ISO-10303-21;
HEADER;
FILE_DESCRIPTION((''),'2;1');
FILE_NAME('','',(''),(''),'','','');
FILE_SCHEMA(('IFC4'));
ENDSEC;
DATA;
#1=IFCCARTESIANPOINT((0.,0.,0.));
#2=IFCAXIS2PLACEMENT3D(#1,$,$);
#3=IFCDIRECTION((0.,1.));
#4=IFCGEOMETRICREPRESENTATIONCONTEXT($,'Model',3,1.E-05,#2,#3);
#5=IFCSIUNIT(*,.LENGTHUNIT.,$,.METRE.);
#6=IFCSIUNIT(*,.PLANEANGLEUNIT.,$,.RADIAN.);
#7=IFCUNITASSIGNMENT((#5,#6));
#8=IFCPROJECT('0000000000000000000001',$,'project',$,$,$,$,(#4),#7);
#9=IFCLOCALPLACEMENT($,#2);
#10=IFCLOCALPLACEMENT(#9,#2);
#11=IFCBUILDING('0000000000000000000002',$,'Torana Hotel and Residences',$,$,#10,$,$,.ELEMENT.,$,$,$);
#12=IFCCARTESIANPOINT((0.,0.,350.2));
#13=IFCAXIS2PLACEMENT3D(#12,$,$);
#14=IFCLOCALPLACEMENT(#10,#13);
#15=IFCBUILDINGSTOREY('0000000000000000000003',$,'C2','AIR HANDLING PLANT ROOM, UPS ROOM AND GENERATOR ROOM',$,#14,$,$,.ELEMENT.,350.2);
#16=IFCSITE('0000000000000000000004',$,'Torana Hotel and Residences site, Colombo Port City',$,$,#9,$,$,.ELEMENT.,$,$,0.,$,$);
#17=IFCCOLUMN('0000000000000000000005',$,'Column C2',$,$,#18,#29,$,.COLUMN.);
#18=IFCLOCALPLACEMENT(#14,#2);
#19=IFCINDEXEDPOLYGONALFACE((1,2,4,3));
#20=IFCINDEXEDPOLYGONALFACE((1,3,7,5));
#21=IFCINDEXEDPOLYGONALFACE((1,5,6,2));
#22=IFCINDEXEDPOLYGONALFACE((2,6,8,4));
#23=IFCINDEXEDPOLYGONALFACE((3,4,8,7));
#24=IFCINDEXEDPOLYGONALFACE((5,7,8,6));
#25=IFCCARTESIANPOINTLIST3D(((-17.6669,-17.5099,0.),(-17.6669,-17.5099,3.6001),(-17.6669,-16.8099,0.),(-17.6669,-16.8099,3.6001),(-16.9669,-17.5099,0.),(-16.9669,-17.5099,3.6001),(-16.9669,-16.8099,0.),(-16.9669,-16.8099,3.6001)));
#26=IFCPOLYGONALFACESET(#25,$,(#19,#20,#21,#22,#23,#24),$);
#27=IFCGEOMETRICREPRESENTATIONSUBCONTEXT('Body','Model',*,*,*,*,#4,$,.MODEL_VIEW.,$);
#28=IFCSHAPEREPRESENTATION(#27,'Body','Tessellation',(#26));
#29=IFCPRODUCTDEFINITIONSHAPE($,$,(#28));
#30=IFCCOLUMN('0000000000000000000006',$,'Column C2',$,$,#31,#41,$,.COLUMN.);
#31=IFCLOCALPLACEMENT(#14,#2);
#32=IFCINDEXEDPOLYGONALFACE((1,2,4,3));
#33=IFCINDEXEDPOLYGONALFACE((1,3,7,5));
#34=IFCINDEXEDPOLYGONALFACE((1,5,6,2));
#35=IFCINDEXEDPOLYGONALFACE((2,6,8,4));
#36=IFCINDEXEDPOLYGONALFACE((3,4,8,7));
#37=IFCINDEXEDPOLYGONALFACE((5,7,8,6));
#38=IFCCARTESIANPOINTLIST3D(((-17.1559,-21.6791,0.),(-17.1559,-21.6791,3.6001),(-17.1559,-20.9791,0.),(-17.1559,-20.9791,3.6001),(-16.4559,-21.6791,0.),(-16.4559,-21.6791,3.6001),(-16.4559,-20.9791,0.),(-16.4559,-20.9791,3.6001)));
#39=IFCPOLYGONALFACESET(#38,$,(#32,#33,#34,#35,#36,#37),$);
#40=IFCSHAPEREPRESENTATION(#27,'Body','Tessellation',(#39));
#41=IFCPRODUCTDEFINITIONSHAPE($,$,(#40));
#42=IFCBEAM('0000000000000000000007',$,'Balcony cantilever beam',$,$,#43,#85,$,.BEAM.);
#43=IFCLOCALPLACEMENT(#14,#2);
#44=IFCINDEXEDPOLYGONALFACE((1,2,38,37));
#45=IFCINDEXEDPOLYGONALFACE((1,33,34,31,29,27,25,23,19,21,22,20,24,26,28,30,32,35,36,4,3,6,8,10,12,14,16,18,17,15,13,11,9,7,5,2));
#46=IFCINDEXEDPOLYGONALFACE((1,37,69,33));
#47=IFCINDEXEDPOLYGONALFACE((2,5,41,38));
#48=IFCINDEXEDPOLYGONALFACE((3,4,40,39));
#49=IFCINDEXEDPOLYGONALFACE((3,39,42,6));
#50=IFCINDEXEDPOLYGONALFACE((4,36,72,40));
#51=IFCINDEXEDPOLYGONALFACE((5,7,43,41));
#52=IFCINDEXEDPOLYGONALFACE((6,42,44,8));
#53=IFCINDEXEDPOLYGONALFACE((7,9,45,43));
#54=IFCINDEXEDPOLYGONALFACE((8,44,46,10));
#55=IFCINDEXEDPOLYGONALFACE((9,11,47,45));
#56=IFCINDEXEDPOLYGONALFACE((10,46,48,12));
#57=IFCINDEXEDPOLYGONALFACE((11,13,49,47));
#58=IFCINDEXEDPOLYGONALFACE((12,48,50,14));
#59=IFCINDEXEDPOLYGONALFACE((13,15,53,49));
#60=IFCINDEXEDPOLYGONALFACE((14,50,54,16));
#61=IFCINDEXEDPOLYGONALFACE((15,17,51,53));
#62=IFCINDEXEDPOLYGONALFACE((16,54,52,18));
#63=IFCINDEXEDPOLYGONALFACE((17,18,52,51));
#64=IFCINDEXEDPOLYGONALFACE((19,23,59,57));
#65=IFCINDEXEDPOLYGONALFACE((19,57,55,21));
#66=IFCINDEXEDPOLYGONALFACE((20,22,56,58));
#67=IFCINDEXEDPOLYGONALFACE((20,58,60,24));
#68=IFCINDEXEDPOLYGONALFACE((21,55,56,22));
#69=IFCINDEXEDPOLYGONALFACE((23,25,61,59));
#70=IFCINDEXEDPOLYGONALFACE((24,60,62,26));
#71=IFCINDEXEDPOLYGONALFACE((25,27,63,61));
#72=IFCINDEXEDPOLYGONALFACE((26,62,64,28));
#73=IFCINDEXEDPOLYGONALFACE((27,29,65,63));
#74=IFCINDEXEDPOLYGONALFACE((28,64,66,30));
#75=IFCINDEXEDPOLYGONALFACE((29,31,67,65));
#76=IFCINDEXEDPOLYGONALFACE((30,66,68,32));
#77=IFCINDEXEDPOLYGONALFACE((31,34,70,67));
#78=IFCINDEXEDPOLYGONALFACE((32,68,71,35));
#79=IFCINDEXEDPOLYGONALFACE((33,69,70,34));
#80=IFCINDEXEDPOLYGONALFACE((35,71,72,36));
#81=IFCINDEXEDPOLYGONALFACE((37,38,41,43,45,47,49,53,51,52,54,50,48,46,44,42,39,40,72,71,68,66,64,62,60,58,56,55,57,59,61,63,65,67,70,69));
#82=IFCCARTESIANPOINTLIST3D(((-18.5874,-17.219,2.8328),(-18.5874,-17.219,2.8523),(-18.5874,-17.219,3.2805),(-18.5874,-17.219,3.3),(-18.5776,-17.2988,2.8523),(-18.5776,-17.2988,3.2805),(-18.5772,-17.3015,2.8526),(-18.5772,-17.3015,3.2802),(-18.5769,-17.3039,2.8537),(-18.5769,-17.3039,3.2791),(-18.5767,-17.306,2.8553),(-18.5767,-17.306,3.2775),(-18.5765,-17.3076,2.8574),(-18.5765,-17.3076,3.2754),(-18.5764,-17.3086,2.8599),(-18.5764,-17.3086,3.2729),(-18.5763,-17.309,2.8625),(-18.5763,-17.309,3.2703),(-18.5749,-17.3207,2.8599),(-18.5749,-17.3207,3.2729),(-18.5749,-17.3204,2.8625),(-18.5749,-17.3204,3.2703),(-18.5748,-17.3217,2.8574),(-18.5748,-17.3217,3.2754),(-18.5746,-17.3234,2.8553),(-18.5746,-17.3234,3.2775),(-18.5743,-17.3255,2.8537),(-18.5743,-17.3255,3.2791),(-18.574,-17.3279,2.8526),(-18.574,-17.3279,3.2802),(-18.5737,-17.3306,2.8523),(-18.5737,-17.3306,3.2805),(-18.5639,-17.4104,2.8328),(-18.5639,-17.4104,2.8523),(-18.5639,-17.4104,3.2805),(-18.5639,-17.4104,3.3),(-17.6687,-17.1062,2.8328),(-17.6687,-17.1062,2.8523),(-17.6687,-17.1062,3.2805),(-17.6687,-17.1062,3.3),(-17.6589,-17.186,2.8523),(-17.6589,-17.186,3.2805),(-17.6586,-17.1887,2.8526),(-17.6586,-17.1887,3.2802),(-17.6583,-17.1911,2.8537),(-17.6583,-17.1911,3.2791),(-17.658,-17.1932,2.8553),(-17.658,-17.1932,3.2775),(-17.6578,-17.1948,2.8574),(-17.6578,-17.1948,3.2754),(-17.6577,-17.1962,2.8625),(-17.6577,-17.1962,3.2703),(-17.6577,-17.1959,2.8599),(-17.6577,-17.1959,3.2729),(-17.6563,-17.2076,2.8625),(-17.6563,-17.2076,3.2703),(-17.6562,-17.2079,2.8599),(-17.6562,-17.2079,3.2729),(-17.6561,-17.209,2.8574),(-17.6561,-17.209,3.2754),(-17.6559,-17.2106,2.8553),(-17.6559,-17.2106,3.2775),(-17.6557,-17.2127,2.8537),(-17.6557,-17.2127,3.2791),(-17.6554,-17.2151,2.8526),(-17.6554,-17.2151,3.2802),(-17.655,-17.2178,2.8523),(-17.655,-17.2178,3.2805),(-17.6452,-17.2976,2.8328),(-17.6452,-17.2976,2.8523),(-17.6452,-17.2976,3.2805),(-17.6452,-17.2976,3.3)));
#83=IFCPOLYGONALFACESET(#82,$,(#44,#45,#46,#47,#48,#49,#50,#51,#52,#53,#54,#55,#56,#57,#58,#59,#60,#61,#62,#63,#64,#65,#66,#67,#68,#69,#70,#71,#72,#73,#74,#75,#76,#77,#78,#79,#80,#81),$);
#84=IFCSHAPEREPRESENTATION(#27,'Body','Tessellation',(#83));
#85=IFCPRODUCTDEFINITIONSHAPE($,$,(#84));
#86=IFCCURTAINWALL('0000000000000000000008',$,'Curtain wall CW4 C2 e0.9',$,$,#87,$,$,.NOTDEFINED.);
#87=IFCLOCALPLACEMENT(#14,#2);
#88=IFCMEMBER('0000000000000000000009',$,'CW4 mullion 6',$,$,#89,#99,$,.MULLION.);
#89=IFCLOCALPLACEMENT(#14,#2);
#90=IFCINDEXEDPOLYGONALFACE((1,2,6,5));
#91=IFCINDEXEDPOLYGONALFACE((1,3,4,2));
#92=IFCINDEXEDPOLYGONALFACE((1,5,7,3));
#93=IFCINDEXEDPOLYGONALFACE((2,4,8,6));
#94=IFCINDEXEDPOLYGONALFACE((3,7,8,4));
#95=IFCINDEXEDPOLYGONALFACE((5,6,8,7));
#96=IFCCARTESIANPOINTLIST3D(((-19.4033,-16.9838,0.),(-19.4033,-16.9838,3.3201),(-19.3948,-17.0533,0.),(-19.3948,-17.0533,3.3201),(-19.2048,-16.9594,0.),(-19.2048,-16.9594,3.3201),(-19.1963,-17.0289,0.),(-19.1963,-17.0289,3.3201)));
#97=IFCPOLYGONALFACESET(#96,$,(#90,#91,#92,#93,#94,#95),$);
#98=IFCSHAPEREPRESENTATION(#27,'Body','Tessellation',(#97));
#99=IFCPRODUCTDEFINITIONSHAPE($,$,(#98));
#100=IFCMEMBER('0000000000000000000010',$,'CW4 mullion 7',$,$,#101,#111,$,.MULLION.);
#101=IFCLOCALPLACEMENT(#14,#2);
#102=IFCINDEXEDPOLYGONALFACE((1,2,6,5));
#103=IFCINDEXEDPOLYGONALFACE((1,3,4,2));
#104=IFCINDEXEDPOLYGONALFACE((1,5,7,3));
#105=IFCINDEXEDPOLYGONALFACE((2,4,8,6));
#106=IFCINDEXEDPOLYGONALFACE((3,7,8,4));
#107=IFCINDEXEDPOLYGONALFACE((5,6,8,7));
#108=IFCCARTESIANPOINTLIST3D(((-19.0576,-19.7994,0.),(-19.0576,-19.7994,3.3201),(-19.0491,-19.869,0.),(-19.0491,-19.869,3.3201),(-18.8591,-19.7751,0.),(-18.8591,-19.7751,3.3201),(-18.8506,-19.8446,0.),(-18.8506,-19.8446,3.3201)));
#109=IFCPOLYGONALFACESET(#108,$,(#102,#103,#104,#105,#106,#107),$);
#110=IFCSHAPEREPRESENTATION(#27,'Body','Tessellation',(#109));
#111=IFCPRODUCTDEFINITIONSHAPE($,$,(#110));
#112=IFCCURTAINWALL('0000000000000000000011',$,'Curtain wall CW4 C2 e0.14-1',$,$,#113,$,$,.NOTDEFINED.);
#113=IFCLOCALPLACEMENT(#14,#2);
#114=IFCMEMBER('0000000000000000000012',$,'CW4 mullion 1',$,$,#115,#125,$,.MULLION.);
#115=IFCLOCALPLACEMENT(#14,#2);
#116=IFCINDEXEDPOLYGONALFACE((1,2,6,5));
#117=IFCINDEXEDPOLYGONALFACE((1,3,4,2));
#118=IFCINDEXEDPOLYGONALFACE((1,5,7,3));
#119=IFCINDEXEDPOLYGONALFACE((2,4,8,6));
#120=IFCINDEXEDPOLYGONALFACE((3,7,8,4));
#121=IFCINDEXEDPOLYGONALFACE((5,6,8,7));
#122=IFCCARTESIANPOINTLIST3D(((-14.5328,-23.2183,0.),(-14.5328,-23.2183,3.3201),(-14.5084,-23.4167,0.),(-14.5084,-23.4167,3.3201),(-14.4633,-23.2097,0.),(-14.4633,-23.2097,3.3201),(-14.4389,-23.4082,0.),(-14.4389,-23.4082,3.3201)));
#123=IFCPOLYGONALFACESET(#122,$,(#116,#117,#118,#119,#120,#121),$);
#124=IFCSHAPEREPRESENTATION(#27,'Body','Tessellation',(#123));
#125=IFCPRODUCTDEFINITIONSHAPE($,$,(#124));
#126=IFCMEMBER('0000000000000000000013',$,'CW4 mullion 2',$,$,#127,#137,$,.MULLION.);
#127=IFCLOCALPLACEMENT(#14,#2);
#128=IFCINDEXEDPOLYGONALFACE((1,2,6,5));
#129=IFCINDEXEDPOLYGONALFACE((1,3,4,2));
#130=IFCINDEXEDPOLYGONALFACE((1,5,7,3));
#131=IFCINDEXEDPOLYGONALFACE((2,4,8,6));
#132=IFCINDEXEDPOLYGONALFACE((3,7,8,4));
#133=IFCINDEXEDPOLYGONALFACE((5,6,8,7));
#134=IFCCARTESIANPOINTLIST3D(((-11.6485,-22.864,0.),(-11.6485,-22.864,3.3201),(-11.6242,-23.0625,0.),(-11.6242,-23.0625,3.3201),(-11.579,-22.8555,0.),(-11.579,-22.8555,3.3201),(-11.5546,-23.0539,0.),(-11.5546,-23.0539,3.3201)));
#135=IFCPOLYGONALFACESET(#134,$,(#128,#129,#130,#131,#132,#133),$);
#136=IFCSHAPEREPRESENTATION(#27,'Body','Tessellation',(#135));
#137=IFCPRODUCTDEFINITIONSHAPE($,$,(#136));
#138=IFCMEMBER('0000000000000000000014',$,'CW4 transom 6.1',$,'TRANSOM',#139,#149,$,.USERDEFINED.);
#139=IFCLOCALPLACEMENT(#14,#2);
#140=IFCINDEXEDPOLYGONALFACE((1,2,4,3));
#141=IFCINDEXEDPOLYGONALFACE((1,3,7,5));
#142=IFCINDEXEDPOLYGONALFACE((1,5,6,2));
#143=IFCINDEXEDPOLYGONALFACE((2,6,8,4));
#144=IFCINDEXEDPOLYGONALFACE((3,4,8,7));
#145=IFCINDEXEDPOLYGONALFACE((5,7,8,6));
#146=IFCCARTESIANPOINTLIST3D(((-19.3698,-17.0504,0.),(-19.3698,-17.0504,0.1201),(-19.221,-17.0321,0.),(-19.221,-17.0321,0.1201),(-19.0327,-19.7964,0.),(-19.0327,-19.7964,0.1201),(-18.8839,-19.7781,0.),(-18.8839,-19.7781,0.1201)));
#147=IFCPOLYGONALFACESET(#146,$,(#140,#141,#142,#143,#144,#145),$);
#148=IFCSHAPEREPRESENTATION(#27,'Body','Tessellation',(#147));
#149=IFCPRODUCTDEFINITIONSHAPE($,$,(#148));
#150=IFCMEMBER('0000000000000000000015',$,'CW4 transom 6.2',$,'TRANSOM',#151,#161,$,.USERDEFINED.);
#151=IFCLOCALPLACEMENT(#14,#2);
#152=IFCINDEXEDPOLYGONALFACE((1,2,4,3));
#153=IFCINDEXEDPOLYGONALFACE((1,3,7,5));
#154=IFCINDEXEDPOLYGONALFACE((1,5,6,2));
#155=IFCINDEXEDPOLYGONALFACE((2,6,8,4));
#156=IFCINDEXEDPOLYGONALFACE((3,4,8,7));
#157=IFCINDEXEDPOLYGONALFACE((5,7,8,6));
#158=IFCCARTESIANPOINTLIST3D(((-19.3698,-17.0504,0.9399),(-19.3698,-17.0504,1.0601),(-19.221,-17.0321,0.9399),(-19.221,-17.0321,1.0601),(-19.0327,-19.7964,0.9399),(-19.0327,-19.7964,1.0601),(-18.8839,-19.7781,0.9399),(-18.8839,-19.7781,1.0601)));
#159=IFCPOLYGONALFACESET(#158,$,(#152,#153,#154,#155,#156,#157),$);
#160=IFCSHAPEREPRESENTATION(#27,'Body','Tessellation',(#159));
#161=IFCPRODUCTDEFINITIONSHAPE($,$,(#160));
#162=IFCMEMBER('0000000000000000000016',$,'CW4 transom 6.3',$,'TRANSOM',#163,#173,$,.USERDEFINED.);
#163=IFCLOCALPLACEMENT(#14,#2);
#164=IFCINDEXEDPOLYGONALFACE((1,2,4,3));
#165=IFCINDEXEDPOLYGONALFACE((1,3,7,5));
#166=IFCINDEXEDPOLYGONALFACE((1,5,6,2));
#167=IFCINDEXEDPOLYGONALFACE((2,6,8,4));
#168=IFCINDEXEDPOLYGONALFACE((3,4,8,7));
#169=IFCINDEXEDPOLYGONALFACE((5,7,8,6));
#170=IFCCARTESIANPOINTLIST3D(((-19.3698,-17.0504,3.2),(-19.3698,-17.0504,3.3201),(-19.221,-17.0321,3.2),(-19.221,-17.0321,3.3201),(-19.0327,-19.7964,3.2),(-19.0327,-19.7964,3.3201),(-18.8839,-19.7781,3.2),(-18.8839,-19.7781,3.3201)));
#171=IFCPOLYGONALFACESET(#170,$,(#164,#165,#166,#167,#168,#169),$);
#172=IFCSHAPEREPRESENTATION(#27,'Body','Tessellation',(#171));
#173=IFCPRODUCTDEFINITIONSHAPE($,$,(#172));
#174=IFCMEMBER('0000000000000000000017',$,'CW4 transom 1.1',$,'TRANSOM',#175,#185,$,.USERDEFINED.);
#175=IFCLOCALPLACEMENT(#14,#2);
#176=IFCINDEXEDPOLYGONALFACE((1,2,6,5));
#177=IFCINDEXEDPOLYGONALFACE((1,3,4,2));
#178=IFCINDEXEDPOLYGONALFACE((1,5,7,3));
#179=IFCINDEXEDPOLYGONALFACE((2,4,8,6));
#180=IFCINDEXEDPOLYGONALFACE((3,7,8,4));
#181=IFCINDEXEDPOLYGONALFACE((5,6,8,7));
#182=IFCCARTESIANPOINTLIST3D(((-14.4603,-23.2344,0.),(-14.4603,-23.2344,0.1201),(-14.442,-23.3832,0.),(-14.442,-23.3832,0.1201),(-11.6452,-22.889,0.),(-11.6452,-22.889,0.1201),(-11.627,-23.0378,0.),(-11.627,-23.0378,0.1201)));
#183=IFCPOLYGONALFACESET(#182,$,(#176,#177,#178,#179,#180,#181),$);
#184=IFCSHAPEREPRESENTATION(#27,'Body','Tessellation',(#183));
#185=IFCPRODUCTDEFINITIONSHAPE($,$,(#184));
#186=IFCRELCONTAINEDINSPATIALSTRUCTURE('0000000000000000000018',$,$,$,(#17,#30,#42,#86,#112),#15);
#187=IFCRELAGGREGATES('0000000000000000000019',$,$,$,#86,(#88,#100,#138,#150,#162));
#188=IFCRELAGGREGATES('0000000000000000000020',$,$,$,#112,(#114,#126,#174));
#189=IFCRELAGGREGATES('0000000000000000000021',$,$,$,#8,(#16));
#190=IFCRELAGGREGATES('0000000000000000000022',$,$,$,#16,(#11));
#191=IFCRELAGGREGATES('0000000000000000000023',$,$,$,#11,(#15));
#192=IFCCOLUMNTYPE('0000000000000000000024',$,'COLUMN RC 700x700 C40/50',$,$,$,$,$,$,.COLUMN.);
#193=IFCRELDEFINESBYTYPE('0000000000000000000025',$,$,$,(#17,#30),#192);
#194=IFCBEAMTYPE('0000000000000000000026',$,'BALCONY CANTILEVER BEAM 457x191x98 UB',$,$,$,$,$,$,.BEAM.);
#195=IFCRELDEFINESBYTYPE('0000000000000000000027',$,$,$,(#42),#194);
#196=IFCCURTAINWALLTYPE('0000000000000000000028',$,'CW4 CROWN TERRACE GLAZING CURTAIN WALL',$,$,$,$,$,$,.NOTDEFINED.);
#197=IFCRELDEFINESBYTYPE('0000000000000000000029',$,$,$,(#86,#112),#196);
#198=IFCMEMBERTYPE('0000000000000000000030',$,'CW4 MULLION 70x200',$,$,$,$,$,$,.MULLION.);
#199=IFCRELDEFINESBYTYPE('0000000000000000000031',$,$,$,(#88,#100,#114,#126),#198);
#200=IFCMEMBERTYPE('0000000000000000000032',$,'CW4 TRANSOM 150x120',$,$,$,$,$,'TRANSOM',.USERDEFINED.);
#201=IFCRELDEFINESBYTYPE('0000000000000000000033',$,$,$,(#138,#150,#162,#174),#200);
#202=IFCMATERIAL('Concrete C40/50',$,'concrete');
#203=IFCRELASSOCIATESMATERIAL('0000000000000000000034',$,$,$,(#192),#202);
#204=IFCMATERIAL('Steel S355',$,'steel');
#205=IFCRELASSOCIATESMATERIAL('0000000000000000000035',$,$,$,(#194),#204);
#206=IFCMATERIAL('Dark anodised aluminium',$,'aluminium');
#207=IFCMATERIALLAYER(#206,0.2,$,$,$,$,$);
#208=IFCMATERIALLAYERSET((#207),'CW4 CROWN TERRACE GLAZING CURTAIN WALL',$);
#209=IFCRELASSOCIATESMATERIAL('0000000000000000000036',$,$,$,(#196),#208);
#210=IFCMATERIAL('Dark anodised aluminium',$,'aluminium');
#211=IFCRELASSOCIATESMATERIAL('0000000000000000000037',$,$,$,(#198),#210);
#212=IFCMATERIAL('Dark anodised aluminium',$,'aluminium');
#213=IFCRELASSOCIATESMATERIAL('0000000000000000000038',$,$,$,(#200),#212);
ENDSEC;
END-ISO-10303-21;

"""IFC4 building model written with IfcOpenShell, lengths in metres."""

from ifc_helpers import new_model, si_unit, direction, frame, origin, origin_2d, place, context, subcontext, project, spatial, rectangle, i_section, extrude, material, layer, layer_set, material_profile, profile_set, type_object, element, aggregate, save


model = new_model("IFC4")

# Units and contexts
model_context = context("Model", 3, precision=1e-05, world=origin(), true_north=direction((0.0, 1.0)))
body_context = subcontext(model_context, "Body", "Model", "MODEL_VIEW")
ifc_project = project(units=[si_unit("LENGTHUNIT", "METRE"), si_unit("PLANEANGLEUNIT", "RADIAN")], contexts=[model_context])

# Site, building, storey
site_placement = place(None, origin())
site = spatial("IfcSite", under=ifc_project, at=site_placement, Name="Torana Hotel and Residences site, Colombo Port City", CompositionType="ELEMENT", RefElevation=0.0)
building_placement = place(site_placement, origin())
building = spatial("IfcBuilding", under=site, at=building_placement, Name="Torana Hotel and Residences", CompositionType="ELEMENT")
storey_placement = place(building_placement, frame((0.0, 0.0, 350.2)))
storey = spatial("IfcBuildingStorey", under=building, at=storey_placement, Name="C2", Description="AIR HANDLING PLANT ROOM, UPS ROOM AND GENERATOR ROOM", CompositionType="ELEMENT", Elevation=350.2)

# Columns
ifc_material_1 = material(Name="Concrete C40/50", Category="concrete")
ifc_material_profile_1 = material_profile(ifc_material_1, rectangle(XDim=0.7, YDim=0.7, at=origin_2d()), Name="RC 700x700")
ifc_profile_set_1 = profile_set([ifc_material_profile_1], Name="Concrete C40/50")
column_type = type_object("IfcColumnType", Name="COLUMN RC 700x700 C40/50", PredefinedType="COLUMN", material=ifc_profile_set_1)
for number, where, z_axis, x_axis, name in (
    (1, (-17.3169, -17.1599, 0.0), (0.0, 0.0, 1.0), (1.0, 0.0, 0.0), "Column C2"),
    (2, (-16.8059, -21.3291, 0.0), (0.0, 0.0, 1.0), (1.0, 0.0, 0.0), "Column C2"),
):
    element("IfcColumn", number, at=place(storey_placement, frame(where, z_axis=z_axis, x_axis=x_axis)), inside=storey, type_object=column_type, Name=name, PredefinedType="COLUMN", context=body_context, shape_type="SweptSolid", body=[
        extrude(rectangle(XDim=0.7, YDim=0.7, at=origin_2d()), origin(), (0.0, 0.0, 1.0), 3.6001),
    ])

# Beam
ifc_material_2 = material(Name="Steel S355", Category="steel")
ifc_material_profile_2 = material_profile(ifc_material_2, i_section(OverallWidth=0.1929, OverallDepth=0.4673, WebThickness=0.0115, FlangeThickness=0.0195, FilletRadius=0.0103, at=origin_2d()), Name="457x191x98 UB")
ifc_profile_set_2 = profile_set([ifc_material_profile_2], Name="Steel S355")
beam_type = type_object("IfcBeamType", Name="BALCONY CANTILEVER BEAM 457x191x98 UB", PredefinedType="BEAM", material=ifc_profile_set_2)
beam_placement = place(storey_placement, frame((-17.657, -17.2019, 3.0664), z_axis=(-0.992547, -0.121859, 0.0), x_axis=(0.121859, -0.992547, 0.0)))
element("IfcBeam", 3, at=beam_placement, inside=storey, type_object=beam_type, Name="Balcony cantilever beam", PredefinedType="BEAM", context=body_context, shape_type="SweptSolid", body=[
    extrude(i_section(OverallWidth=0.1929, OverallDepth=0.4673, WebThickness=0.0115, FlangeThickness=0.0195, FilletRadius=0.0103, at=origin_2d()), origin(), (0.0, 0.0, 1.0), 0.9255),
])

# Curtain walls, members
ifc_material_3 = material(Name="Dark anodised aluminium", Category="aluminium")
ifc_layer_1 = layer(ifc_material_3, 0.2)
ifc_layer_set_1 = layer_set([ifc_layer_1], Name="CW4 CROWN TERRACE GLAZING CURTAIN WALL")
curtain_wall_type = type_object("IfcCurtainWallType", Name="CW4 CROWN TERRACE GLAZING CURTAIN WALL", PredefinedType="NOTDEFINED", material=ifc_layer_set_1)
curtain_wall_1_placement = place(storey_placement, origin())
curtain_wall_1 = element("IfcCurtainWall", 4, at=curtain_wall_1_placement, inside=storey, type_object=curtain_wall_type, Name="Curtain wall CW4 C2 e0.9", PredefinedType="NOTDEFINED")
ifc_material_4 = material(Name="Dark anodised aluminium", Category="aluminium")
ifc_material_profile_3 = material_profile(ifc_material_4, rectangle(XDim=0.2, YDim=0.0701, at=origin_2d()), Name="CW4 MULLION 70x200")
ifc_profile_set_3 = profile_set([ifc_material_profile_3], Name="Dark anodised aluminium")
member_type_1 = type_object("IfcMemberType", Name="CW4 MULLION 70x200", PredefinedType="MULLION", material=ifc_profile_set_3)
member_1_placement = place(storey_placement, frame((-19.2998, -17.0063, 0.0), z_axis=(0.0, 0.0, 1.0), x_axis=(0.992546, 0.121869, 0.0)))
member_1 = element("IfcMember", 5, at=member_1_placement, type_object=member_type_1, Name="CW4 mullion 6", PredefinedType="MULLION", context=body_context, shape_type="SweptSolid", body=[
    extrude(rectangle(XDim=0.2, YDim=0.0701, at=origin_2d()), origin(), (0.0, 0.0, 1.0), 3.3201),
])
member_2_placement = place(storey_placement, frame((-18.9541, -19.822, 0.0), z_axis=(0.0, 0.0, 1.0), x_axis=(0.992546, 0.121869, 0.0)))
member_2 = element("IfcMember", 6, at=member_2_placement, type_object=member_type_1, Name="CW4 mullion 7", PredefinedType="MULLION", context=body_context, shape_type="SweptSolid", body=[
    extrude(rectangle(XDim=0.2, YDim=0.0701, at=origin_2d()), origin(), (0.0, 0.0, 1.0), 3.3201),
])
curtain_wall_2_placement = place(storey_placement, origin())
curtain_wall_2 = element("IfcCurtainWall", 7, at=curtain_wall_2_placement, inside=storey, type_object=curtain_wall_type, Name="Curtain wall CW4 C2 e0.14-1", PredefinedType="NOTDEFINED")
member_3_placement = place(storey_placement, frame((-14.4858, -23.3132, 0.0), z_axis=(0.0, 0.0, 1.0), x_axis=(-0.121863, 0.992547, 0.0)))
member_3 = element("IfcMember", 8, at=member_3_placement, type_object=member_type_1, Name="CW4 mullion 1", PredefinedType="MULLION", context=body_context, shape_type="SweptSolid", body=[
    extrude(rectangle(XDim=0.2, YDim=0.0701, at=origin_2d()), origin(), (0.0, 0.0, 1.0), 3.3201),
])
member_4_placement = place(storey_placement, frame((-11.6016, -22.959, 0.0), z_axis=(0.0, 0.0, 1.0), x_axis=(-0.121863, 0.992547, 0.0)))
member_4 = element("IfcMember", 9, at=member_4_placement, type_object=member_type_1, Name="CW4 mullion 2", PredefinedType="MULLION", context=body_context, shape_type="SweptSolid", body=[
    extrude(rectangle(XDim=0.2, YDim=0.0701, at=origin_2d()), origin(), (0.0, 0.0, 1.0), 3.3201),
])

# Members
ifc_material_5 = material(Name="Dark anodised aluminium", Category="aluminium")
ifc_material_profile_4 = material_profile(ifc_material_5, rectangle(XDim=0.1499, YDim=0.1201, at=origin_2d()), Name="CW4 TRANSOM 150x120")
ifc_profile_set_4 = profile_set([ifc_material_profile_4], Name="Dark anodised aluminium")
member_type_2 = type_object("IfcMemberType", Name="CW4 TRANSOM 150x120", ElementType="TRANSOM", PredefinedType="USERDEFINED", material=ifc_profile_set_4)
member_5_placement = place(storey_placement, frame((-19.2954, -17.0413, 0.0601), z_axis=(0.121862, -0.992547, 0.0), x_axis=(0.992547, 0.121862, 0.0)))
member_5 = element("IfcMember", 10, at=member_5_placement, type_object=member_type_2, Name="CW4 transom 6.1", ObjectType="TRANSOM", PredefinedType="USERDEFINED", context=body_context, shape_type="SweptSolid", body=[
    extrude(rectangle(XDim=0.1499, YDim=0.1201, at=origin_2d()), origin(), (0.0, 0.0, 1.0), 2.7666),
])
member_6_placement = place(storey_placement, frame((-19.2954, -17.0413, 1.0), z_axis=(0.121862, -0.992547, 0.0), x_axis=(0.992547, 0.121862, 0.0)))
member_6 = element("IfcMember", 11, at=member_6_placement, type_object=member_type_2, Name="CW4 transom 6.2", ObjectType="TRANSOM", PredefinedType="USERDEFINED", context=body_context, shape_type="SweptSolid", body=[
    extrude(rectangle(XDim=0.1499, YDim=0.1201, at=origin_2d()), origin(), (0.0, 0.0, 1.0), 2.7666),
])
member_7_placement = place(storey_placement, frame((-19.2954, -17.0413, 3.26), z_axis=(0.121862, -0.992547, 0.0), x_axis=(0.992547, 0.121862, 0.0)))
member_7 = element("IfcMember", 12, at=member_7_placement, type_object=member_type_2, Name="CW4 transom 6.3", ObjectType="TRANSOM", PredefinedType="USERDEFINED", context=body_context, shape_type="SweptSolid", body=[
    extrude(rectangle(XDim=0.1499, YDim=0.1201, at=origin_2d()), origin(), (0.0, 0.0, 1.0), 2.7666),
])
member_8_placement = place(storey_placement, frame((-14.4512, -23.3088, 0.0601), z_axis=(0.992554, 0.121809, 0.0), x_axis=(-0.121809, 0.992554, 0.0)))
member_8 = element("IfcMember", 13, at=member_8_placement, type_object=member_type_2, Name="CW4 transom 1.1", ObjectType="TRANSOM", PredefinedType="USERDEFINED", context=body_context, shape_type="SweptSolid", body=[
    extrude(rectangle(XDim=0.1499, YDim=0.1201, at=origin_2d()), origin(), (0.0, 0.0, 1.0), 2.8362),
])

aggregate(curtain_wall_1, [member_1, member_2, member_5, member_6, member_7])
aggregate(curtain_wall_2, [member_3, member_4, member_8])

save(model, "model.ifc")
